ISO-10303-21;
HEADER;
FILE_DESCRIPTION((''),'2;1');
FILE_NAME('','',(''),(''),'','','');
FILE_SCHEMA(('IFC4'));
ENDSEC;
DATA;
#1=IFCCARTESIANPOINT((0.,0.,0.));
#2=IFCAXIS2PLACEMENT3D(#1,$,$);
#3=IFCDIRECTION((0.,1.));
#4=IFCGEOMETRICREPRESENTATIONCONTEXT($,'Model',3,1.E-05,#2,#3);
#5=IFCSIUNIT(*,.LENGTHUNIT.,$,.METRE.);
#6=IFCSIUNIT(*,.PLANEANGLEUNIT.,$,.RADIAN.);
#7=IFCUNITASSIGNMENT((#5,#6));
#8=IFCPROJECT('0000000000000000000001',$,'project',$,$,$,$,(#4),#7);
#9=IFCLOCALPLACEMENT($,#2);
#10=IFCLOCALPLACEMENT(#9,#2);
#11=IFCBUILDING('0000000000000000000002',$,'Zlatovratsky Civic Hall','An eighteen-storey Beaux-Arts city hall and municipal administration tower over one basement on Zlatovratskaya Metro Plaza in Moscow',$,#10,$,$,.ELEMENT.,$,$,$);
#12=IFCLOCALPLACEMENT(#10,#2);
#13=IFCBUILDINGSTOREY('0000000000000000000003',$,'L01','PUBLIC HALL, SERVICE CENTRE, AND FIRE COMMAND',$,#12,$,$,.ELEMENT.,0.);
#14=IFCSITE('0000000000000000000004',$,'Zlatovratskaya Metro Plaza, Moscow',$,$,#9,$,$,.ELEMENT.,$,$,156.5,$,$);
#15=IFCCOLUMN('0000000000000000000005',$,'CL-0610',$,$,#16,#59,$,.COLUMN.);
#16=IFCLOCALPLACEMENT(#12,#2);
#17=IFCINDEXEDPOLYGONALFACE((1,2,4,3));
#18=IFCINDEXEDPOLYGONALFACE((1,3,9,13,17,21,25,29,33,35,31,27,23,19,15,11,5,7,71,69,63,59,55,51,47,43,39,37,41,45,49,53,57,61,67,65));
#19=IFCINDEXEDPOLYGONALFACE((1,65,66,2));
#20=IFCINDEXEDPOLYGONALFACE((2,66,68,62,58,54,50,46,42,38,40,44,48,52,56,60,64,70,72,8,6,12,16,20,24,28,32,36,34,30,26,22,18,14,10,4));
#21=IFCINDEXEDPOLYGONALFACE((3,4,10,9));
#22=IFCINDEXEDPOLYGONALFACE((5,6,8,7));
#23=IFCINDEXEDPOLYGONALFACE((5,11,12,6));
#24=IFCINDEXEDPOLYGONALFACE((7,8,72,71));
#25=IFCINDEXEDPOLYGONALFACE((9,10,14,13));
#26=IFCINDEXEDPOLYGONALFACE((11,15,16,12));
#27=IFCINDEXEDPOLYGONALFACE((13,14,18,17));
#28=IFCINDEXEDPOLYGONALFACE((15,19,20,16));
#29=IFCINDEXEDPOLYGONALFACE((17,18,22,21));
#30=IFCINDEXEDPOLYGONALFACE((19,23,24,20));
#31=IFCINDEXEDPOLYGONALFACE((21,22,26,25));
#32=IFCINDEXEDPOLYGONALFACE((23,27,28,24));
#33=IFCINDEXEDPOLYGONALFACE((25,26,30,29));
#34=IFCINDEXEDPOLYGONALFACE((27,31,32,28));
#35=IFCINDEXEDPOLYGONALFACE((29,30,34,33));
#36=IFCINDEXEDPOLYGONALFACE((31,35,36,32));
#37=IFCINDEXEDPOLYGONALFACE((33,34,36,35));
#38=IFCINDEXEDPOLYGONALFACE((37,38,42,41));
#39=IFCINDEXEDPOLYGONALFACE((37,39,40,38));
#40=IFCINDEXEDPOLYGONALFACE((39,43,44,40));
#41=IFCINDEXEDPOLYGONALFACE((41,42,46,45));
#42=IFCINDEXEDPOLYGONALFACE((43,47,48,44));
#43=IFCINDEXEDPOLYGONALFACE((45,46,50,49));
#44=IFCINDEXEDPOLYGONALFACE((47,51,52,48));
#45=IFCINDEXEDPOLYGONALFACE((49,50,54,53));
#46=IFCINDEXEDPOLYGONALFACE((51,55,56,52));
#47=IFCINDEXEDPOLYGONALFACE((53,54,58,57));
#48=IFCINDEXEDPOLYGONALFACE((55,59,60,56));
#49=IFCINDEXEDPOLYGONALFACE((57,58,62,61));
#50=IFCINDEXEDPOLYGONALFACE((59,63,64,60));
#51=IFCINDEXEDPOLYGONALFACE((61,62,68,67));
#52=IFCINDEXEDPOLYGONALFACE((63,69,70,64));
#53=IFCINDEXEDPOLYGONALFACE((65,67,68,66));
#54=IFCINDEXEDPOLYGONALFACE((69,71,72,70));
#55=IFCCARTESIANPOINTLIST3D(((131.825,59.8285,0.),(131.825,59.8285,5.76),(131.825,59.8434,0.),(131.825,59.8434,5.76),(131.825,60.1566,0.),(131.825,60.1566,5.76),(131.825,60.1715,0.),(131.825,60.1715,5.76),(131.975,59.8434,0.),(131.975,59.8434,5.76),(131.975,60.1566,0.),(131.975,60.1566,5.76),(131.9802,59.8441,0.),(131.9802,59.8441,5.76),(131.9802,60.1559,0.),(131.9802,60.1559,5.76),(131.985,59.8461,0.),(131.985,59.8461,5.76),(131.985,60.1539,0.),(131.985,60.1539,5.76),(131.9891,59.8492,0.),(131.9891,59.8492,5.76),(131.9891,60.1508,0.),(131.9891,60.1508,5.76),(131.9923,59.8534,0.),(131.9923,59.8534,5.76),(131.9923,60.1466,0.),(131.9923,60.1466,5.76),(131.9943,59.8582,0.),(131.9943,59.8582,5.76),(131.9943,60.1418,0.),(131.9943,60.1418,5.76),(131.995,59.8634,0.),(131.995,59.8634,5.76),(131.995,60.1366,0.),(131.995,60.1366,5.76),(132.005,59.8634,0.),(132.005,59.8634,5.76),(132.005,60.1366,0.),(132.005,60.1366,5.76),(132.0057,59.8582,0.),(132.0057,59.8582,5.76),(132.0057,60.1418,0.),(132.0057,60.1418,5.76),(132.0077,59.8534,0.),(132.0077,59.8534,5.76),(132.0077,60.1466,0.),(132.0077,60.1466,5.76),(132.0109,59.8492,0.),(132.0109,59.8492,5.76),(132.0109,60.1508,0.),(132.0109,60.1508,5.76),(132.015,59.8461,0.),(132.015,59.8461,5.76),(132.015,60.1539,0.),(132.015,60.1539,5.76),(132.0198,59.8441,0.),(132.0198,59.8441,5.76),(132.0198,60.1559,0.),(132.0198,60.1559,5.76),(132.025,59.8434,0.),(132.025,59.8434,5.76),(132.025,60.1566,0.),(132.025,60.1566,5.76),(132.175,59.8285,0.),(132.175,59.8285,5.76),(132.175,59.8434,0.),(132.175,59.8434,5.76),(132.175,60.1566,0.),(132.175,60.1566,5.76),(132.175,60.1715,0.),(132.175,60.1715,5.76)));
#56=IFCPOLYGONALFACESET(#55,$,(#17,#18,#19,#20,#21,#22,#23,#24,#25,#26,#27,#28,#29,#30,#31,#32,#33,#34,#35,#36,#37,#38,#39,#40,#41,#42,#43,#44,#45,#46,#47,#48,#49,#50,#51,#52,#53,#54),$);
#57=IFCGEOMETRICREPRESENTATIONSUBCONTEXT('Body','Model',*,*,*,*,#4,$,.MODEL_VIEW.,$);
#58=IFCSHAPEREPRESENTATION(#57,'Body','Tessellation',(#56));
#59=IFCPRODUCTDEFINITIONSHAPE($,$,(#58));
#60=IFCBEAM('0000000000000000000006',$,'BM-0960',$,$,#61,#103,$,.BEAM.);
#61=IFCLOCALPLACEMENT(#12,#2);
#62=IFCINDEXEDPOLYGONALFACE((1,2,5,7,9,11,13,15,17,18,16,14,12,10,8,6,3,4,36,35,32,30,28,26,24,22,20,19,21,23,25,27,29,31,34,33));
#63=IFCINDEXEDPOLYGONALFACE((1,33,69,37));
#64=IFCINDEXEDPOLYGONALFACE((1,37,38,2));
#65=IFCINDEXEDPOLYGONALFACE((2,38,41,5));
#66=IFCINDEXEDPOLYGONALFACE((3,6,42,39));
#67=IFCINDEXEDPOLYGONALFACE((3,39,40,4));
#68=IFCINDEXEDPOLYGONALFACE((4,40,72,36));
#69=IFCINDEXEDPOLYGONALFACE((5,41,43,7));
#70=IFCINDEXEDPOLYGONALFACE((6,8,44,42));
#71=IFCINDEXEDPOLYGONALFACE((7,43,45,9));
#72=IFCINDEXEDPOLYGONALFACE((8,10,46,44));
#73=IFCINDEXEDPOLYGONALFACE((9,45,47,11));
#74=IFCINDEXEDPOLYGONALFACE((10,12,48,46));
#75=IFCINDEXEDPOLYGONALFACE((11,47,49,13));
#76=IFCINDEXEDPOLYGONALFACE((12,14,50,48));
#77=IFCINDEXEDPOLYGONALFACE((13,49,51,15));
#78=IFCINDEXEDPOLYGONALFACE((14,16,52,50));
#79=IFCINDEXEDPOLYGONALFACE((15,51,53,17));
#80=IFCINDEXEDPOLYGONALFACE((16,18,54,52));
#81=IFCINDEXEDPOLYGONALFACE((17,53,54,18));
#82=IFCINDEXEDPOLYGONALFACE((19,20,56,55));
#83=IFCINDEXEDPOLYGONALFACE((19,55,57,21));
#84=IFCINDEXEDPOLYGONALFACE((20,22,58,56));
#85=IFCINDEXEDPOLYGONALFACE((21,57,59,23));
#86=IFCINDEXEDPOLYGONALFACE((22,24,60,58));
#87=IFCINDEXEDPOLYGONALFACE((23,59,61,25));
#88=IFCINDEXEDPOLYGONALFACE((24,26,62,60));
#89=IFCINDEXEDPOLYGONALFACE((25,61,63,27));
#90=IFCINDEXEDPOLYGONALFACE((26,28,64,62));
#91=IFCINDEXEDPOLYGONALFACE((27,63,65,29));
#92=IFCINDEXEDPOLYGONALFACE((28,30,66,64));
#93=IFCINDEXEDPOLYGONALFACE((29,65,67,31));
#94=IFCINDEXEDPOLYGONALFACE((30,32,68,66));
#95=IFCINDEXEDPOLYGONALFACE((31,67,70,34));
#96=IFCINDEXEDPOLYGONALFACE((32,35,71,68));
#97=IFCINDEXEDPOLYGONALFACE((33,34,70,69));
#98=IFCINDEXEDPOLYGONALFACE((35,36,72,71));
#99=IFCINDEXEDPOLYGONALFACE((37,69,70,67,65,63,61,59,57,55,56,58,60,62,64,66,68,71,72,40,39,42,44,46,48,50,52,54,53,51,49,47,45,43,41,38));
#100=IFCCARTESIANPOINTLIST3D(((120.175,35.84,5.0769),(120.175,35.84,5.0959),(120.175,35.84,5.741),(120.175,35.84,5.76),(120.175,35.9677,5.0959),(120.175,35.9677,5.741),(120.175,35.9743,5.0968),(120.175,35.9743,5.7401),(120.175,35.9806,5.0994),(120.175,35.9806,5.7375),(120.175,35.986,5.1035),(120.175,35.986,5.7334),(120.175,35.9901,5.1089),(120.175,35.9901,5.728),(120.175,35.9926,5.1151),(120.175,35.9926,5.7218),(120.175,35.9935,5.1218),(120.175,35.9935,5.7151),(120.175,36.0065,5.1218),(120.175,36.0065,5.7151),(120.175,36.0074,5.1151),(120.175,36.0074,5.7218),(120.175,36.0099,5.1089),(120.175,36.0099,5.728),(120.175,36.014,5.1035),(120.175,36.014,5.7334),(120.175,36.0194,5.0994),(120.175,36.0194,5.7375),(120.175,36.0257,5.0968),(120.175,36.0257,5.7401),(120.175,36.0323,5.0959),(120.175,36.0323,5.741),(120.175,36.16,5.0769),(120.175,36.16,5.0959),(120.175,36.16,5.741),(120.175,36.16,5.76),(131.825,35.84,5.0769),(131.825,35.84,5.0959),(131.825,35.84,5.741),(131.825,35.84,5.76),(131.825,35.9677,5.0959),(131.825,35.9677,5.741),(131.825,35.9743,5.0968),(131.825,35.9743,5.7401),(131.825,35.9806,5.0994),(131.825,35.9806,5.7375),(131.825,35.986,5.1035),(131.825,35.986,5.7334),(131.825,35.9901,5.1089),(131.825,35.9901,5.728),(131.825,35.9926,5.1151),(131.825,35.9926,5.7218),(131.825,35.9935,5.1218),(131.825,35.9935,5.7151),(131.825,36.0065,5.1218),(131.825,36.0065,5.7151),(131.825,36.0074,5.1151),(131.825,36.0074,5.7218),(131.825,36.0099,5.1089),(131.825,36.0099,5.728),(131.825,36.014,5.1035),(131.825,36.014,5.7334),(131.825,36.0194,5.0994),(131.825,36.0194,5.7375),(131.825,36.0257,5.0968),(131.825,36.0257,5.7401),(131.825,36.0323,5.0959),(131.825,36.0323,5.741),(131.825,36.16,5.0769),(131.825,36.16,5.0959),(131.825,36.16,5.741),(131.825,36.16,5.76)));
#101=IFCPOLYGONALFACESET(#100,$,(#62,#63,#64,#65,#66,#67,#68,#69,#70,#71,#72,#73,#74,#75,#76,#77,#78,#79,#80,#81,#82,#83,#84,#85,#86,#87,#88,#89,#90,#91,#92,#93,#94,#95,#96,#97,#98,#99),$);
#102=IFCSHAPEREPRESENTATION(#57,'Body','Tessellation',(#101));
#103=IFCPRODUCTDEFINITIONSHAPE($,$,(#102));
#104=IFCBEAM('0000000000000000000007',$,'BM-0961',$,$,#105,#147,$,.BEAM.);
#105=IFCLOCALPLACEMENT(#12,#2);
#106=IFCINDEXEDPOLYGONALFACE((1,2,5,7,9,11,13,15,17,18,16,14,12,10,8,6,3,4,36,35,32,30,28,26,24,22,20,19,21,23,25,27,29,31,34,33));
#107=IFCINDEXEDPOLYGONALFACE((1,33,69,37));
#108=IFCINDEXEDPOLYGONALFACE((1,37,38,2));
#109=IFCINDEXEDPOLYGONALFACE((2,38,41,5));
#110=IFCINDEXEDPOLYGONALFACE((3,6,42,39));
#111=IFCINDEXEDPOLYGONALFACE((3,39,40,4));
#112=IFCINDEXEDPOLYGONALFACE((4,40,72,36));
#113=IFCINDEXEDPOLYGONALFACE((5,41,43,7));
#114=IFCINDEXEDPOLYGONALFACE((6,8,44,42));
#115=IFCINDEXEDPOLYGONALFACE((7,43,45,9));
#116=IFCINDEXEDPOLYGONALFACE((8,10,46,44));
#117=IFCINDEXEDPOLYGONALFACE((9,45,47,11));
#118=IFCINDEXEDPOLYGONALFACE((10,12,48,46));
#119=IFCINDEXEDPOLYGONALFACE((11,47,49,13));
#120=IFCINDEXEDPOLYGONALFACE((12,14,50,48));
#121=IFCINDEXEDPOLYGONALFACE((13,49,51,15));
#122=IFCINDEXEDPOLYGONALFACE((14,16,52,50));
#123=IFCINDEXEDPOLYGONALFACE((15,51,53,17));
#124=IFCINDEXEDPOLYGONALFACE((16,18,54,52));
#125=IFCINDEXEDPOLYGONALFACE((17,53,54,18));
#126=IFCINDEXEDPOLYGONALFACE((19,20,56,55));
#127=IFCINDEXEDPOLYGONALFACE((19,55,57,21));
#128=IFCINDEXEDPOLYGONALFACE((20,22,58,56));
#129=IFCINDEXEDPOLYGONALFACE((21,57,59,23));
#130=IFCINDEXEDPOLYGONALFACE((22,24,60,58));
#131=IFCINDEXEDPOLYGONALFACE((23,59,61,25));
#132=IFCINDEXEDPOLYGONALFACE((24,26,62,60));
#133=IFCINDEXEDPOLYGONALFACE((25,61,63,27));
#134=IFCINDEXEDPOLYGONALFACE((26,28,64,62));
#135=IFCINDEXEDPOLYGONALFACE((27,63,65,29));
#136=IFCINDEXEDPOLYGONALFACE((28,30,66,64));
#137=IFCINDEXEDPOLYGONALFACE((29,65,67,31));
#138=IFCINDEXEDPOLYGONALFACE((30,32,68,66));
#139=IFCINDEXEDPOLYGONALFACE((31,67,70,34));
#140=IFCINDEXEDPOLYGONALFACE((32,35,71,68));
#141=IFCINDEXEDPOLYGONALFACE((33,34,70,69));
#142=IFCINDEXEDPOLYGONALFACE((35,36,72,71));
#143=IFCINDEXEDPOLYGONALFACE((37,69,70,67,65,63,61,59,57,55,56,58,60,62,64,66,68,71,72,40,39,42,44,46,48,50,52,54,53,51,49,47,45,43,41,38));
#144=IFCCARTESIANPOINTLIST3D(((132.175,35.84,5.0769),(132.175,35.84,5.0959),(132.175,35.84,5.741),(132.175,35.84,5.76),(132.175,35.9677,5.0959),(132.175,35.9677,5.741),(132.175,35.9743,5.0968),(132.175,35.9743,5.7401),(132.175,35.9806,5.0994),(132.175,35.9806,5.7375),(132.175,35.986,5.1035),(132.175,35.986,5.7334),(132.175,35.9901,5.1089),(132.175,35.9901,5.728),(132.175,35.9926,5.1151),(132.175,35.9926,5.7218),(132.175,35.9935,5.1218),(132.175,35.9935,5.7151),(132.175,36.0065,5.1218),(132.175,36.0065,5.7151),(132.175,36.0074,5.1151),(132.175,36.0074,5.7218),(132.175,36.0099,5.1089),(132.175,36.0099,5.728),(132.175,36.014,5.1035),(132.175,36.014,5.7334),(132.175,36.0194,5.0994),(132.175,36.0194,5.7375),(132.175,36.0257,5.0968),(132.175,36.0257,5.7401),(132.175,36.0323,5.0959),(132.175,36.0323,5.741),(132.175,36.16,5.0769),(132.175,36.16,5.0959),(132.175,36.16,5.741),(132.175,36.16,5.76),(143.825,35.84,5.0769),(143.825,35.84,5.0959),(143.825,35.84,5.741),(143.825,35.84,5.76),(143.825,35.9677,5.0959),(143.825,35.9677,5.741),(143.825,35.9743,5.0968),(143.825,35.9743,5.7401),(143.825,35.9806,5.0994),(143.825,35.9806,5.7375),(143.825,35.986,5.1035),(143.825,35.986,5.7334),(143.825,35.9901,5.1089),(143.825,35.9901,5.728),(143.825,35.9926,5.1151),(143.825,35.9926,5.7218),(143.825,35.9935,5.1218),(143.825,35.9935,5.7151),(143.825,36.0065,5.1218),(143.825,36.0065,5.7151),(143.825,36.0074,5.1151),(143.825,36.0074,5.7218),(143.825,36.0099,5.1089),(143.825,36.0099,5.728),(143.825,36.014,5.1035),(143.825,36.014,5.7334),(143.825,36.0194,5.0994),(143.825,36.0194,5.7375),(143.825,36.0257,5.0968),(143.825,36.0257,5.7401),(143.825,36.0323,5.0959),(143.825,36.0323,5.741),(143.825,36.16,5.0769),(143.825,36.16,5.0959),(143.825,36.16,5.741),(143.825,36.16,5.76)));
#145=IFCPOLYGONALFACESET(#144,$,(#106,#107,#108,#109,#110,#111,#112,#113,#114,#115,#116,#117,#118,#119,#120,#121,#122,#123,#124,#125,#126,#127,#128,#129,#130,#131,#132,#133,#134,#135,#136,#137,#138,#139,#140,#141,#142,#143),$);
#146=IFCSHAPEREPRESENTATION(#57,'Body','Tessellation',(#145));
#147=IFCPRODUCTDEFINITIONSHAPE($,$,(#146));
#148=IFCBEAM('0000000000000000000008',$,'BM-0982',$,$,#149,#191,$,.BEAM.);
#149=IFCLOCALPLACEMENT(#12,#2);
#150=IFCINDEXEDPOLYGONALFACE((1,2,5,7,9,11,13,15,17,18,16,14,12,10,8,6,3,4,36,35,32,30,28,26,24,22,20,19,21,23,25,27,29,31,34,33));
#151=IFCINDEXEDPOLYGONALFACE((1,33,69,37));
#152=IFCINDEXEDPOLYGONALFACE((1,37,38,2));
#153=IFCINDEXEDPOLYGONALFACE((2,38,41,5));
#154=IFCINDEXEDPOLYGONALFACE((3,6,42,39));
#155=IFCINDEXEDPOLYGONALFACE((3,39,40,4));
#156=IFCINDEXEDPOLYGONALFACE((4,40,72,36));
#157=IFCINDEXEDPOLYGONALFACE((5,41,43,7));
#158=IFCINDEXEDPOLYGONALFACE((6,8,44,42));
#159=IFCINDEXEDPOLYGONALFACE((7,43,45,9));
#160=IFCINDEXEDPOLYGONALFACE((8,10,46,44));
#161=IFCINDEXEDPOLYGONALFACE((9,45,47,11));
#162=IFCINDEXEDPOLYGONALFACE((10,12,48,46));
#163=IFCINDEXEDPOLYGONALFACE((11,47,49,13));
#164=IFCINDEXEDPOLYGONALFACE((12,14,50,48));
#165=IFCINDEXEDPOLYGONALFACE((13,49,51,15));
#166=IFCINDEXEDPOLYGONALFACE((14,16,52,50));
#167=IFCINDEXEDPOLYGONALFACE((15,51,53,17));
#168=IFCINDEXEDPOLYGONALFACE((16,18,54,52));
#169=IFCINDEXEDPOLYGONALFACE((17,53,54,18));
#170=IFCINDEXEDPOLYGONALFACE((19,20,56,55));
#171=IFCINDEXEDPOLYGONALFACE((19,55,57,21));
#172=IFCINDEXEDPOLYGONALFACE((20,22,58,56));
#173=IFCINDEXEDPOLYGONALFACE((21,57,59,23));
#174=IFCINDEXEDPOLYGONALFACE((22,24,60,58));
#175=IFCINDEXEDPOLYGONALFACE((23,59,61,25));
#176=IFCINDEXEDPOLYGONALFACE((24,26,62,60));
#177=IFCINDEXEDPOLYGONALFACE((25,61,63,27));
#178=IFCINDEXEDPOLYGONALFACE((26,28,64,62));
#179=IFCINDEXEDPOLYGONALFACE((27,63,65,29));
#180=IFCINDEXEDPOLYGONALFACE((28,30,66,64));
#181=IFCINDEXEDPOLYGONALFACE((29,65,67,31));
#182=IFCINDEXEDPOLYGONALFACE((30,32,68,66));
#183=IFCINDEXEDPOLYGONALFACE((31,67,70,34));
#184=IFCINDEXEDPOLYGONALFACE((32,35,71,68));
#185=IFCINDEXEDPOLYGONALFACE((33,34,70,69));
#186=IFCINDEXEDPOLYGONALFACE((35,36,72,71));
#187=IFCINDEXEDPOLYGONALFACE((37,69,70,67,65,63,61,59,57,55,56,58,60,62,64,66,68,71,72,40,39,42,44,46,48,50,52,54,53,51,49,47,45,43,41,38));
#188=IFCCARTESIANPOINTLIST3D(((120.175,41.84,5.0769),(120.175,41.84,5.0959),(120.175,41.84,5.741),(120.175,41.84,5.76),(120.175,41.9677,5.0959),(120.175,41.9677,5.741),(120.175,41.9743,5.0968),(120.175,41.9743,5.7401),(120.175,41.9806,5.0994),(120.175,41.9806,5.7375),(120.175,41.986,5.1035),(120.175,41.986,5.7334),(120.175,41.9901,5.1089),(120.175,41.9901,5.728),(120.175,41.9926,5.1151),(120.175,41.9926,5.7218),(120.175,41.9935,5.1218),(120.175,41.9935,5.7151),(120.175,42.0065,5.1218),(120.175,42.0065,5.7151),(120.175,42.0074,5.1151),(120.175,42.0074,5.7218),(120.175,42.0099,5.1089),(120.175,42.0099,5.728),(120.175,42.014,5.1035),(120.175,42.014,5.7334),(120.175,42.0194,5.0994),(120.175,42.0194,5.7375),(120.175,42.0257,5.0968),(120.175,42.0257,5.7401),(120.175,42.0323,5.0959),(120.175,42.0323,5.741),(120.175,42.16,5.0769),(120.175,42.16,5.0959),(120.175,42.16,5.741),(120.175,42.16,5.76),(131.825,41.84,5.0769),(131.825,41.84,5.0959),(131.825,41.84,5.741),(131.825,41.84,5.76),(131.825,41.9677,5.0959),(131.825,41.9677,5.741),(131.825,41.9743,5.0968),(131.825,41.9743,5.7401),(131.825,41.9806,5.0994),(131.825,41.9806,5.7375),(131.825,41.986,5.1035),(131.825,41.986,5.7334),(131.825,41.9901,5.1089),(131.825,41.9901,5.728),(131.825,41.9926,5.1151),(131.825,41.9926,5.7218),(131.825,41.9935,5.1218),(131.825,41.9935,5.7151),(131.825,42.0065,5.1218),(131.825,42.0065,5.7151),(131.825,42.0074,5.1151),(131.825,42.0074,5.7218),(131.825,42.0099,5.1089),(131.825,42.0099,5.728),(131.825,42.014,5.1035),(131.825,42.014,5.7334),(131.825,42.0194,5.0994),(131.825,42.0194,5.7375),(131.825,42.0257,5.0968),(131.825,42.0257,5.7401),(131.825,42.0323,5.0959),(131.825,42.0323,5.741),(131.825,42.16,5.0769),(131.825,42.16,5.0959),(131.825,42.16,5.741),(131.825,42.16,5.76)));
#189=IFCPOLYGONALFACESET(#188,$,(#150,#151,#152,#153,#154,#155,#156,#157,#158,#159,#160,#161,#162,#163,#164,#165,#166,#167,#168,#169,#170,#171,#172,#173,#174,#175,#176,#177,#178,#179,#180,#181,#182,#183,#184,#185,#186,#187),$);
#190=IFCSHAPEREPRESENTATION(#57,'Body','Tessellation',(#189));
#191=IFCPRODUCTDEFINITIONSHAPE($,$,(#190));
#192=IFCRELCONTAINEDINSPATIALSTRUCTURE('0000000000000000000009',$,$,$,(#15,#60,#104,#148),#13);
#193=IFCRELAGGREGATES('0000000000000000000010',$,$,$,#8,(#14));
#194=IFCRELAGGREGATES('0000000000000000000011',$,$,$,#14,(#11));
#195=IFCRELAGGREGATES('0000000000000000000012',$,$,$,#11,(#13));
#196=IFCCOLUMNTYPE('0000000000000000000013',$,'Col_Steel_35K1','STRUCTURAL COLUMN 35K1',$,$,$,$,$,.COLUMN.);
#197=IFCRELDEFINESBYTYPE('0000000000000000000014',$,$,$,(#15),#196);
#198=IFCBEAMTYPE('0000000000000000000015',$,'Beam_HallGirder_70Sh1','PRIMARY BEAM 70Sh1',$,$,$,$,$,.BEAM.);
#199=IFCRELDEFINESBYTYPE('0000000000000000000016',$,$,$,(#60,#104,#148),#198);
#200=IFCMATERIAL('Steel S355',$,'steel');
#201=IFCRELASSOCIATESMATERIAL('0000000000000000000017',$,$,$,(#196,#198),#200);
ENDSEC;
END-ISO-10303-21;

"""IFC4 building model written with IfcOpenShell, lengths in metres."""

from ifc_helpers import new_model, si_unit, direction, frame, origin, origin_2d, place, context, subcontext, project, spatial, i_section, extrude, material, material_profile, profile_set, type_object, element, save


model = new_model("IFC4")

# Units and contexts
model_context = context("Model", 3, precision=1e-05, world=origin(), true_north=direction((0.0, 1.0)))
body_context = subcontext(model_context, "Body", "Model", "MODEL_VIEW")
ifc_project = project(units=[si_unit("LENGTHUNIT", "METRE"), si_unit("PLANEANGLEUNIT", "RADIAN")], contexts=[model_context])

# Site, building, storey
site_placement = place(None, origin())
site = spatial("IfcSite", under=ifc_project, at=site_placement, Name="Zlatovratskaya Metro Plaza, Moscow", CompositionType="ELEMENT", RefElevation=156.5)
building_placement = place(site_placement, origin())
building = spatial("IfcBuilding", under=site, at=building_placement, Name="Zlatovratsky Civic Hall", Description="An eighteen-storey Beaux-Arts city hall and municipal administration tower over one basement on Zlatovratskaya Metro Plaza in Moscow", CompositionType="ELEMENT")
storey_placement = place(building_placement, origin())
storey = spatial("IfcBuildingStorey", under=building, at=storey_placement, Name="L01", Description="PUBLIC HALL, SERVICE CENTRE, AND FIRE COMMAND", CompositionType="ELEMENT", Elevation=0.0)

# Column
ifc_material = material(Name="Steel S355", Category="steel")
ifc_material_profile_1 = material_profile(ifc_material, i_section(OverallWidth=0.3501, OverallDepth=0.343, WebThickness=0.01, FlangeThickness=0.0149, FilletRadius=0.02, at=origin_2d()), Name="35K1")
ifc_profile_set_1 = profile_set([ifc_material_profile_1], Name="Steel S355")
column_type = type_object("IfcColumnType", Name="Col_Steel_35K1", Description="STRUCTURAL COLUMN 35K1", PredefinedType="COLUMN", material=ifc_profile_set_1)
for number, where, z_axis, x_axis, name in (
    (1, (132.0, 60.0, 0.0), (0.0, 0.0, 1.0), (1.0, 0.0, 0.0), "CL-0610"),
):
    element("IfcColumn", number, at=place(storey_placement, frame(where, z_axis=z_axis, x_axis=x_axis)), inside=storey, type_object=column_type, Name=name, PredefinedType="COLUMN", context=body_context, shape_type="SweptSolid", body=[
        extrude(i_section(OverallWidth=0.3501, OverallDepth=0.343, WebThickness=0.01, FlangeThickness=0.0149, FilletRadius=0.02, at=origin_2d()), origin(), (0.0, 0.0, 1.0), 5.76),
    ])

# Beams
ifc_material_profile_2 = material_profile(ifc_material, i_section(OverallWidth=0.3201, OverallDepth=0.6831, WebThickness=0.0129, FlangeThickness=0.019, FilletRadius=0.0259, at=origin_2d()), Name="70Sh1")
ifc_profile_set_2 = profile_set([ifc_material_profile_2], Name="Steel S355")
beam_type_1 = type_object("IfcBeamType", Name="Beam_HallGirder_70Sh1", Description="PRIMARY BEAM 70Sh1", PredefinedType="BEAM", material=ifc_profile_set_2)
for number, where, z_axis, x_axis, name in (
    (2, (120.175, 36.0, 5.4185), (1.0, 0.0, 0.0), (0.0, 1.0, 0.0), "BM-0960"),
    (3, (132.175, 36.0, 5.4185), (1.0, 0.0, 0.0), (0.0, 1.0, 0.0), "BM-0961"),
    (4, (120.175, 42.0, 5.4185), (1.0, 0.0, 0.0), (0.0, 1.0, 0.0), "BM-0982"),
):
    element("IfcBeam", number, at=place(storey_placement, frame(where, z_axis=z_axis, x_axis=x_axis)), inside=storey, type_object=beam_type_1, Name=name, PredefinedType="BEAM", context=body_context, shape_type="SweptSolid", body=[
        extrude(i_section(OverallWidth=0.3201, OverallDepth=0.6831, WebThickness=0.0129, FlangeThickness=0.019, FilletRadius=0.0259, at=origin_2d()), origin(), (0.0, 0.0, 1.0), 11.6499),
    ])

save(model, "model.ifc")
